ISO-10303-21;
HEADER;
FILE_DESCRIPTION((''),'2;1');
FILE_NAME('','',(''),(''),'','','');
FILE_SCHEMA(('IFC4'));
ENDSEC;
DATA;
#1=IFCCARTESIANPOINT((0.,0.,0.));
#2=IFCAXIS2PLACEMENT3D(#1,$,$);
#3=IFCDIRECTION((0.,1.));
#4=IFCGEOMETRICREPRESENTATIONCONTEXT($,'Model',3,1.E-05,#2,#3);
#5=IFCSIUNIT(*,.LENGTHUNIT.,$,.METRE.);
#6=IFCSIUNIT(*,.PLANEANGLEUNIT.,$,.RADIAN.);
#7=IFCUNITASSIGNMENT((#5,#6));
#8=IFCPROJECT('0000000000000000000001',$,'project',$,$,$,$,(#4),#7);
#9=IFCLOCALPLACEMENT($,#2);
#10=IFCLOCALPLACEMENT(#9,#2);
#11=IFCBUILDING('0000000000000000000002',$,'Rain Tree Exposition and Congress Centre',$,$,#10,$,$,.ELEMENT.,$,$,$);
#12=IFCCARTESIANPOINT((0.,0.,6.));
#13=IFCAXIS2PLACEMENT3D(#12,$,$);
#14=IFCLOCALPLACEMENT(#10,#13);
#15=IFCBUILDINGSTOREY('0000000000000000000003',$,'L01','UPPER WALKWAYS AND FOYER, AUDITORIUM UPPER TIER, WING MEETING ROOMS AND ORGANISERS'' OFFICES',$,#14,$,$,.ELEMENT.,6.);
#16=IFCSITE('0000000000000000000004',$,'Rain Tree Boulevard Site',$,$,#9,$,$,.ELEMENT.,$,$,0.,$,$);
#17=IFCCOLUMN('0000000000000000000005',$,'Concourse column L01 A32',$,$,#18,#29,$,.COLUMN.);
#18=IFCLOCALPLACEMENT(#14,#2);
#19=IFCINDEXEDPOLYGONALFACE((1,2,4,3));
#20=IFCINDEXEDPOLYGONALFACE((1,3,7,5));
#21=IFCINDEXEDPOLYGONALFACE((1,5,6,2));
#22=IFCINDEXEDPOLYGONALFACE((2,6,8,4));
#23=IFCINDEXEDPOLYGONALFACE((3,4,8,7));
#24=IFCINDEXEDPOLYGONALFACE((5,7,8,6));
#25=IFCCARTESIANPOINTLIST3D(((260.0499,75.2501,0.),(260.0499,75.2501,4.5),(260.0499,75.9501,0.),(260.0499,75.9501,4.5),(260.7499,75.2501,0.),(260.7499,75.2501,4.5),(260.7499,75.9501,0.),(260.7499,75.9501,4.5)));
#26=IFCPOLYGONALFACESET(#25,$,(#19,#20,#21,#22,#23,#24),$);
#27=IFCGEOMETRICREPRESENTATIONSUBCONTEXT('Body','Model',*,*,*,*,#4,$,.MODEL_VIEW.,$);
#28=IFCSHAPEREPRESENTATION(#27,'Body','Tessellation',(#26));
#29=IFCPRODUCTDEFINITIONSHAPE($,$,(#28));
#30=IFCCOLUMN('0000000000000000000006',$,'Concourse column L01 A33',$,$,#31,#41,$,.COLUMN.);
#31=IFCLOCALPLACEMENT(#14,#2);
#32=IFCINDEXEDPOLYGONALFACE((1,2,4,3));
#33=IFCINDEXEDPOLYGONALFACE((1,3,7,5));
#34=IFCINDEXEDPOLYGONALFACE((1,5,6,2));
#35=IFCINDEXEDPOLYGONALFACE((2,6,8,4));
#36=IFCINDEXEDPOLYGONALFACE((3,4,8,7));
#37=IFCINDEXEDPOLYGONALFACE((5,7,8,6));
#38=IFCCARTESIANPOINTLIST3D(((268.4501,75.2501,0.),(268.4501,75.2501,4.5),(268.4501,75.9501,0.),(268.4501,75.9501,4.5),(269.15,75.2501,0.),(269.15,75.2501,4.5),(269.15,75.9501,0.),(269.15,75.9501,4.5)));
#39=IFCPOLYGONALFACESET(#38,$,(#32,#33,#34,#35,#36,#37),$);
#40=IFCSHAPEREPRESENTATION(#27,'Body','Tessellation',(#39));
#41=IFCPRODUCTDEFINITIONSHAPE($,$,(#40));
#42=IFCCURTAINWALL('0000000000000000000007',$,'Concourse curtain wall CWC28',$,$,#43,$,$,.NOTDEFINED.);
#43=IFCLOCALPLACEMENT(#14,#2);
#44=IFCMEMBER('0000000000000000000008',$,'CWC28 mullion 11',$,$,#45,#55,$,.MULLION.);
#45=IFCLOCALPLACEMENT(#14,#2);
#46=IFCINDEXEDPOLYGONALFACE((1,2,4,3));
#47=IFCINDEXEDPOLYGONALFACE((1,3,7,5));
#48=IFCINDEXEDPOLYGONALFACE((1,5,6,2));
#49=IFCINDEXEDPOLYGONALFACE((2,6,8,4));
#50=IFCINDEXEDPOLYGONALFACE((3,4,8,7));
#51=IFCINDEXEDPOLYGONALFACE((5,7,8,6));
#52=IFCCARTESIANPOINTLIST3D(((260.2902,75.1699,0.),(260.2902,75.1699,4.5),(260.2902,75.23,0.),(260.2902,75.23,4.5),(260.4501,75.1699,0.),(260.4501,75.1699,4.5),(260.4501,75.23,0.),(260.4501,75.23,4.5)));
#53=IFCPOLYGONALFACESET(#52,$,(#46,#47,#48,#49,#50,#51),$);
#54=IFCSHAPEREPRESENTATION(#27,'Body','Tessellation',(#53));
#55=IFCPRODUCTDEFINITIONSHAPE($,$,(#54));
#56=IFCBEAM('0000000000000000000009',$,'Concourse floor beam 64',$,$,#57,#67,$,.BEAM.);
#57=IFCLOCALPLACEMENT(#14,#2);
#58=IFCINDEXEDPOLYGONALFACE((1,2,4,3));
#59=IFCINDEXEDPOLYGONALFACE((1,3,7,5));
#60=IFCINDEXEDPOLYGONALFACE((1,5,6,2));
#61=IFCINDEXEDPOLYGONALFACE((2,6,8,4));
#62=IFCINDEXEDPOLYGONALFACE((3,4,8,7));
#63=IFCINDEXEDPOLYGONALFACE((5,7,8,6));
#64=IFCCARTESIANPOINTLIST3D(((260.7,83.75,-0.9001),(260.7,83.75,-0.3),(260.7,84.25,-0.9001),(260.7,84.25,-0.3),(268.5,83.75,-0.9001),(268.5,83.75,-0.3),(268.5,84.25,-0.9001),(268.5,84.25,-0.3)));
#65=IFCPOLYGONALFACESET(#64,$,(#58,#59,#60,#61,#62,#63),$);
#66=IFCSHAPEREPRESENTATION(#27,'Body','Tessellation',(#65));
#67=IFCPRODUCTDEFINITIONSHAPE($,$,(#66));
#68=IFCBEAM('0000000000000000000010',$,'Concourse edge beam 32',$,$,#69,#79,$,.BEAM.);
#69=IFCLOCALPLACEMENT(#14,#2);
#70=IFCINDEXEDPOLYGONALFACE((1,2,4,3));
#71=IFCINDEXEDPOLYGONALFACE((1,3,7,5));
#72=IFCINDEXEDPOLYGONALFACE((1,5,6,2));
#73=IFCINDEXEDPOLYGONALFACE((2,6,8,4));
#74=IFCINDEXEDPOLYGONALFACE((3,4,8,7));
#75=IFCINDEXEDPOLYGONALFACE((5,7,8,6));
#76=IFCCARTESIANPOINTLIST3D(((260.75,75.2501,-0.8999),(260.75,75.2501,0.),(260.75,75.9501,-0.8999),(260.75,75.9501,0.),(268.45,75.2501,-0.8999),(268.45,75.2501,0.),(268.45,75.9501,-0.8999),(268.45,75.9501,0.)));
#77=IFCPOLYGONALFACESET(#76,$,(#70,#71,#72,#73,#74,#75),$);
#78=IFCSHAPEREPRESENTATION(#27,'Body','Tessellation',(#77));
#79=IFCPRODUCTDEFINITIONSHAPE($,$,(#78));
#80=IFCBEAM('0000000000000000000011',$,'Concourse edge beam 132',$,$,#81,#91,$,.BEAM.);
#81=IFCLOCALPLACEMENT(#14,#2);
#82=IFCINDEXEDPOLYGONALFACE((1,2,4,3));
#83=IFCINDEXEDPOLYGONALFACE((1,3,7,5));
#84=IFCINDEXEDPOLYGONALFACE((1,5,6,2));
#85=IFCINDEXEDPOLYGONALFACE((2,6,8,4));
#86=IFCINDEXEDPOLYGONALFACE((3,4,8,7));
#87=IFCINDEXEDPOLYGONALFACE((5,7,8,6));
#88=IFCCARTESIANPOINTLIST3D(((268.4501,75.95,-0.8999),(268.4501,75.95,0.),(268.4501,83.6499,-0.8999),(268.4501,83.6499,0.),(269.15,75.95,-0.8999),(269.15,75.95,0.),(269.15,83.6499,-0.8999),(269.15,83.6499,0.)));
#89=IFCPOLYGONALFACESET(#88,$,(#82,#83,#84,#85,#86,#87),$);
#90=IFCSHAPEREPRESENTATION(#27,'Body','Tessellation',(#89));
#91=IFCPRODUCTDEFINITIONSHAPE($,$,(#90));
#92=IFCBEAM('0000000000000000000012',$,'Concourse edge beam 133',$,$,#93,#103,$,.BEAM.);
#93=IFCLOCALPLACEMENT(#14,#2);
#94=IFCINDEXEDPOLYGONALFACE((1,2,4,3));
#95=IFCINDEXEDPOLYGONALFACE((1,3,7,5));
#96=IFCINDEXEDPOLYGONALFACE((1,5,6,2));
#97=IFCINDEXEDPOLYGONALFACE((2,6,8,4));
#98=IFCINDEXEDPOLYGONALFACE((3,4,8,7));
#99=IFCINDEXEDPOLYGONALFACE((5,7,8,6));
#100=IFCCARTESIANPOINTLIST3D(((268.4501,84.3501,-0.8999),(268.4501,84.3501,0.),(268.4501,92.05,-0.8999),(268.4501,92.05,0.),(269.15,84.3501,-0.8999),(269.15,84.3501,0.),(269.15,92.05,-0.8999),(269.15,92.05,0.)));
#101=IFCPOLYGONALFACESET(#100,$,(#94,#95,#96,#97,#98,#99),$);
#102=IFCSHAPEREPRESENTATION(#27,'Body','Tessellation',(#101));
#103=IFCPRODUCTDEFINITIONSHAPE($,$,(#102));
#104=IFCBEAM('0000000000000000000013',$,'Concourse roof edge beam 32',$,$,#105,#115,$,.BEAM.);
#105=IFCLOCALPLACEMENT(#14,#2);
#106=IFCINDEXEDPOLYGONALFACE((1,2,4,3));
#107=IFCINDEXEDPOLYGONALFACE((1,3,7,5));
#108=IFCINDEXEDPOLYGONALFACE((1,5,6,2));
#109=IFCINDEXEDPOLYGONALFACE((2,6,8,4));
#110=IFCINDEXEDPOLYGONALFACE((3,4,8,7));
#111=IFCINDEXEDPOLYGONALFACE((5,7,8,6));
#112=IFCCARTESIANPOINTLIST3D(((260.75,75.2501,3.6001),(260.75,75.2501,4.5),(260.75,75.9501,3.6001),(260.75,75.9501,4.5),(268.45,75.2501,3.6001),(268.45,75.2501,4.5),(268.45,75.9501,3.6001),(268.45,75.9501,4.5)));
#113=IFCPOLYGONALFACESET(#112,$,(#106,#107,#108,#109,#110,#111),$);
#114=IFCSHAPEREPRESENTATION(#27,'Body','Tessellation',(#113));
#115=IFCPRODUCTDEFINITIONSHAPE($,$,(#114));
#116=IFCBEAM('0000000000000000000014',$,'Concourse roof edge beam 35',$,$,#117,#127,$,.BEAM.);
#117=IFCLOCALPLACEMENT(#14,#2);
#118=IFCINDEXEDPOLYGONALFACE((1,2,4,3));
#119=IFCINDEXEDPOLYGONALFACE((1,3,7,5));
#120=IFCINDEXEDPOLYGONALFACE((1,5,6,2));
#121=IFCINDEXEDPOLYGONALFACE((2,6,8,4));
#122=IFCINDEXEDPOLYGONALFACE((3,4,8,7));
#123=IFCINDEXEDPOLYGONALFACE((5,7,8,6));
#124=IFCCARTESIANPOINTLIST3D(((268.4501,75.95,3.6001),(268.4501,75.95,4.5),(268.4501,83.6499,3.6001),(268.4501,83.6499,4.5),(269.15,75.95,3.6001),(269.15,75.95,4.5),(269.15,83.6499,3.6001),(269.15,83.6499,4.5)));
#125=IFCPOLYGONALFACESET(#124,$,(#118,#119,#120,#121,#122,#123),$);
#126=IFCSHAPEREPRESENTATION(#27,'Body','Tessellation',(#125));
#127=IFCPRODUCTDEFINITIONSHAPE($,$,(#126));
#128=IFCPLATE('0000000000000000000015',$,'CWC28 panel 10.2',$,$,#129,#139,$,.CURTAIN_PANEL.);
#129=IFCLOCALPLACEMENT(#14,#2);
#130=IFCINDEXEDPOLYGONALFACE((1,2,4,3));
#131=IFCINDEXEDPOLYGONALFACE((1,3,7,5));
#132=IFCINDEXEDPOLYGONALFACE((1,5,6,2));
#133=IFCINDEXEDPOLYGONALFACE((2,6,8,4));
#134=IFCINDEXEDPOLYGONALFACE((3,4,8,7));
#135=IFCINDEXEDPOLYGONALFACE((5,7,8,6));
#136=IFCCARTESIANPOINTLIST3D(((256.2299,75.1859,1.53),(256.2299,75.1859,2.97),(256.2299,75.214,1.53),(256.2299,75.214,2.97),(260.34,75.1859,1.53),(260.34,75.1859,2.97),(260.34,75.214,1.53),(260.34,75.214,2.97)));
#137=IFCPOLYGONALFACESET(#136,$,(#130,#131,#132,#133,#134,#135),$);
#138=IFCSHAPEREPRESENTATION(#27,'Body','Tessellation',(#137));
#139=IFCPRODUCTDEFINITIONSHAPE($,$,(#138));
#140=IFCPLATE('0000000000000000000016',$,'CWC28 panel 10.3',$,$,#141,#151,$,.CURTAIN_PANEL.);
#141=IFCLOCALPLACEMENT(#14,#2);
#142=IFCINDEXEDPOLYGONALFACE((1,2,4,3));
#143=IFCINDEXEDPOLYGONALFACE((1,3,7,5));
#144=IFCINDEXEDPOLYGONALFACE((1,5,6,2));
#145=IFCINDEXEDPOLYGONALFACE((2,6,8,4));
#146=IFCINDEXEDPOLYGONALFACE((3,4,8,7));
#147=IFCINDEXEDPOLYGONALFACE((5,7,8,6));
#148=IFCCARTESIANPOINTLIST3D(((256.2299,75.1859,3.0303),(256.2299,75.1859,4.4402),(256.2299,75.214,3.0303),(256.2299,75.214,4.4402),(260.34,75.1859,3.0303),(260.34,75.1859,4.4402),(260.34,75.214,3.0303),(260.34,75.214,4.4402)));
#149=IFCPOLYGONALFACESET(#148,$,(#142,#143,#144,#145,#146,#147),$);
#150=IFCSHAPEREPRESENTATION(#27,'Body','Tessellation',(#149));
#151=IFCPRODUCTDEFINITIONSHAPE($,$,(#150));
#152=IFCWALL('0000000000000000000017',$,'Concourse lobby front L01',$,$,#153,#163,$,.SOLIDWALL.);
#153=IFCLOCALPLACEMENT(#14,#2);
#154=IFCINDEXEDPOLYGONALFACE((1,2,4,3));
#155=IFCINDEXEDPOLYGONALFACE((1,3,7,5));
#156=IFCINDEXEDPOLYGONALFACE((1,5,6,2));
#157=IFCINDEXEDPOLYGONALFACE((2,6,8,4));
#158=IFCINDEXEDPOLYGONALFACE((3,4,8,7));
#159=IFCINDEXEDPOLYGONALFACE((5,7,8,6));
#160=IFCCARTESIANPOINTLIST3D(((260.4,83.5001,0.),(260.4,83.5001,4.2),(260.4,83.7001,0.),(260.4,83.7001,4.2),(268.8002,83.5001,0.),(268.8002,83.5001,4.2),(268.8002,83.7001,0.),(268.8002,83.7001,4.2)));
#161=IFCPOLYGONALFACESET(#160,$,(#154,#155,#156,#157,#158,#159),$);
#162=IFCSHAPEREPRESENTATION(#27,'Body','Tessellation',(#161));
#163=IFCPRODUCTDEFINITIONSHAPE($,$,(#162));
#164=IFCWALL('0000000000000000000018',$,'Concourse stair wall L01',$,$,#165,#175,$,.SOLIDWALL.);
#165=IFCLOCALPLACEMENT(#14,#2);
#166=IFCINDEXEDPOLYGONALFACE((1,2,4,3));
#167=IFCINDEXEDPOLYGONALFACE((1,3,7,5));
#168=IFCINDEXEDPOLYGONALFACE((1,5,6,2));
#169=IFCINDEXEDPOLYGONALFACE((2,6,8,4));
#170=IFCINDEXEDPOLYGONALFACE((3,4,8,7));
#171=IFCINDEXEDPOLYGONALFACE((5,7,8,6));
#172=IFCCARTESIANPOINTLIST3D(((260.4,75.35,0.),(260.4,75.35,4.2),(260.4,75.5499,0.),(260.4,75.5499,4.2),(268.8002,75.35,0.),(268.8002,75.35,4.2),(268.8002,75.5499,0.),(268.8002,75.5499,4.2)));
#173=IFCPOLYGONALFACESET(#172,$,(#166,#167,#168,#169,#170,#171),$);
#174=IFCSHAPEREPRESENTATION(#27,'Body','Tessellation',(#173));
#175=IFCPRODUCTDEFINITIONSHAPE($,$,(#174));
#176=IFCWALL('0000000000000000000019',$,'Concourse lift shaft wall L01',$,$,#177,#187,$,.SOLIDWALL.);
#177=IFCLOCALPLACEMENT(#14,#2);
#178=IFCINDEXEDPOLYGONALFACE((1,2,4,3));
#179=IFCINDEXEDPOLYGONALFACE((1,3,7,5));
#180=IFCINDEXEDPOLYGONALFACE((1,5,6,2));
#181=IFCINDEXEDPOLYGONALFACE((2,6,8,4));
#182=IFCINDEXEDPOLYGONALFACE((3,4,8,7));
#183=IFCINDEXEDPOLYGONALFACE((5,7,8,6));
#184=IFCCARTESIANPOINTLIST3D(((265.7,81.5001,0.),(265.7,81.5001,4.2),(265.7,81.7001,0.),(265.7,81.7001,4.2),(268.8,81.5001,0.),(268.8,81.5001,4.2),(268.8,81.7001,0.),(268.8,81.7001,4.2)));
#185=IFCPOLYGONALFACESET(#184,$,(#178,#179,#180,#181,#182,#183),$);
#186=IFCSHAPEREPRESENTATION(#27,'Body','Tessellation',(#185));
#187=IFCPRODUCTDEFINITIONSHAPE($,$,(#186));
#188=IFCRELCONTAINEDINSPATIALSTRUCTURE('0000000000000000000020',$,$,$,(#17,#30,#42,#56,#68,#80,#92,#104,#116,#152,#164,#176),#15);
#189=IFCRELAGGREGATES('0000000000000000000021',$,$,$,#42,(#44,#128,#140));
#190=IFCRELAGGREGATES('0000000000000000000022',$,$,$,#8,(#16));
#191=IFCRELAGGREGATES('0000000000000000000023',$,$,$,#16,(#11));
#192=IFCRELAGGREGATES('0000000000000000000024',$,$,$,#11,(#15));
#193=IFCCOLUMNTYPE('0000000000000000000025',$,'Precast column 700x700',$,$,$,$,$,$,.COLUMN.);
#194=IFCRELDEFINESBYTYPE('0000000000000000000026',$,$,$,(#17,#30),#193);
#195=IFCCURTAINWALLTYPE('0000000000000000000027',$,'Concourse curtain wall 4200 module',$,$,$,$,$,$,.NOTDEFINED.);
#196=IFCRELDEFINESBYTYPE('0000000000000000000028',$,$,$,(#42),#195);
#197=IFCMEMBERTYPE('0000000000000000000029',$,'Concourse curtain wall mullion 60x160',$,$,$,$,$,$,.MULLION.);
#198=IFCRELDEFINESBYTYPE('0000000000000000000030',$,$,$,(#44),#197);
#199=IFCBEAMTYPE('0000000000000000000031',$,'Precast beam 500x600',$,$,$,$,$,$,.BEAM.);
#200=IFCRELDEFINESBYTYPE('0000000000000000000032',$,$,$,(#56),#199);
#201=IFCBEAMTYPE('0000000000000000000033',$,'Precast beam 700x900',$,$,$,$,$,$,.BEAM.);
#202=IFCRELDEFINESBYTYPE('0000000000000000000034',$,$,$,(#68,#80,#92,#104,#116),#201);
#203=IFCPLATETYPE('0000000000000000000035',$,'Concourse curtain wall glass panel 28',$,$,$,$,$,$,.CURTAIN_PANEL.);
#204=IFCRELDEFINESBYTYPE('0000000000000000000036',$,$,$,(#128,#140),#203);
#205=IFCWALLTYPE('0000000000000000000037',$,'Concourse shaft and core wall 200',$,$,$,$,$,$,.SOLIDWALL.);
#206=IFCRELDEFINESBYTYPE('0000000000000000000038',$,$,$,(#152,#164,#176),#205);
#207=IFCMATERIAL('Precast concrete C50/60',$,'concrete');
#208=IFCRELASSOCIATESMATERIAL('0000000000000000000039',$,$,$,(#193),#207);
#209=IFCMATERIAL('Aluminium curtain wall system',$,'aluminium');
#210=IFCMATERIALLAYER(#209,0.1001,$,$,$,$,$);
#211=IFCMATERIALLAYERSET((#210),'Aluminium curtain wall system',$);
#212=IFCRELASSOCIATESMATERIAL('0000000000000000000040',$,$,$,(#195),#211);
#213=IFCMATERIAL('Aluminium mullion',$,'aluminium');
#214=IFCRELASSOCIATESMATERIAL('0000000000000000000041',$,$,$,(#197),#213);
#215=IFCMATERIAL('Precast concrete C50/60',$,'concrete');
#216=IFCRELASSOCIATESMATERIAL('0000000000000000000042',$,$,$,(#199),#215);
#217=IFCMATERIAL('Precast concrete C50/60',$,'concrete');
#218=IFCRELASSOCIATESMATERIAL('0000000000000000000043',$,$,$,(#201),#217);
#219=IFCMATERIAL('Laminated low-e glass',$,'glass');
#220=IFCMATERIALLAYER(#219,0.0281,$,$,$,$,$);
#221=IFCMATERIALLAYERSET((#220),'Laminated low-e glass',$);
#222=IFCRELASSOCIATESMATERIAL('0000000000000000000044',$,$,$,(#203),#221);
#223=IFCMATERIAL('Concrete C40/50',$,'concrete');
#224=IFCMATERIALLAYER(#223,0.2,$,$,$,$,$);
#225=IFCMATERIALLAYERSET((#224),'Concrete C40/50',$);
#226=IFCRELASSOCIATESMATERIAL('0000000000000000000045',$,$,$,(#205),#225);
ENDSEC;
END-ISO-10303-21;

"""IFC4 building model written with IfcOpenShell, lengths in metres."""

from ifc_helpers import new_model, si_unit, direction, frame, frame_2d, origin, origin_2d, place, context, subcontext, project, spatial, rectangle, extrude, material, layer, layer_set, material_profile, profile_set, type_object, element, aggregate, save


model = new_model("IFC4")

# Units and contexts
model_context = context("Model", 3, precision=1e-05, world=origin(), true_north=direction((0.0, 1.0)))
body_context = subcontext(model_context, "Body", "Model", "MODEL_VIEW")
ifc_project = project(units=[si_unit("LENGTHUNIT", "METRE"), si_unit("PLANEANGLEUNIT", "RADIAN")], contexts=[model_context])

# Site, building, storey
site_placement = place(None, origin())
site = spatial("IfcSite", under=ifc_project, at=site_placement, Name="Rain Tree Boulevard Site", CompositionType="ELEMENT", RefElevation=0.0)
building_placement = place(site_placement, origin())
building = spatial("IfcBuilding", under=site, at=building_placement, Name="Rain Tree Exposition and Congress Centre", CompositionType="ELEMENT")
storey_placement = place(building_placement, frame((0.0, 0.0, 6.0)))
storey = spatial("IfcBuildingStorey", under=building, at=storey_placement, Name="L01", Description="UPPER WALKWAYS AND FOYER, AUDITORIUM UPPER TIER, WING MEETING ROOMS AND ORGANISERS' OFFICES", CompositionType="ELEMENT", Elevation=6.0)

# Columns
ifc_material_1 = material(Name="Precast concrete C50/60", Category="concrete")
ifc_material_profile_1 = material_profile(ifc_material_1, rectangle(XDim=0.7, YDim=0.7, at=origin_2d()), Name="RC 700x700")
ifc_profile_set_1 = profile_set([ifc_material_profile_1], Name="Precast concrete C50/60")
column_type = type_object("IfcColumnType", Name="Precast column 700x700", PredefinedType="COLUMN", material=ifc_profile_set_1)
for number, where, z_axis, x_axis, name in (
    (1, (260.3999, 75.6001, 0.0), (0.0, 0.0, 1.0), (1.0, 0.0, 0.0), "Concourse column L01 A32"),
    (2, (268.8, 75.6001, 0.0), (0.0, 0.0, 1.0), (1.0, 0.0, 0.0), "Concourse column L01 A33"),
):
    element("IfcColumn", number, at=place(storey_placement, frame(where, z_axis=z_axis, x_axis=x_axis)), inside=storey, type_object=column_type, Name=name, PredefinedType="COLUMN", context=body_context, shape_type="SweptSolid", body=[
        extrude(rectangle(XDim=0.7, YDim=0.7, at=origin_2d()), origin(), (0.0, 0.0, 1.0), 4.5),
    ])

# Curtain wall, member
ifc_material_2 = material(Name="Aluminium curtain wall system", Category="aluminium")
ifc_layer_1 = layer(ifc_material_2, 0.1001)
ifc_layer_set_1 = layer_set([ifc_layer_1], Name="Aluminium curtain wall system")
curtain_wall_type = type_object("IfcCurtainWallType", Name="Concourse curtain wall 4200 module", PredefinedType="NOTDEFINED", material=ifc_layer_set_1)
curtain_wall_placement = place(storey_placement, origin())
curtain_wall = element("IfcCurtainWall", 3, at=curtain_wall_placement, inside=storey, type_object=curtain_wall_type, Name="Concourse curtain wall CWC28", PredefinedType="NOTDEFINED")
ifc_material_3 = material(Name="Aluminium mullion", Category="aluminium")
ifc_material_profile_2 = material_profile(ifc_material_3, rectangle(XDim=0.0601, YDim=0.1599, at=origin_2d()), Name="AL 60x160")
ifc_profile_set_2 = profile_set([ifc_material_profile_2], Name="Aluminium mullion")
member_type = type_object("IfcMemberType", Name="Concourse curtain wall mullion 60x160", PredefinedType="MULLION", material=ifc_profile_set_2)
member_placement = place(storey_placement, frame((260.3701, 75.2, 0.0), z_axis=(0.0, 0.0, 1.0), x_axis=(0.0, 1.0, 0.0)))
member = element("IfcMember", 4, at=member_placement, type_object=member_type, Name="CWC28 mullion 11", PredefinedType="MULLION", context=body_context, shape_type="SweptSolid", body=[
    extrude(rectangle(XDim=0.0601, YDim=0.1599, at=origin_2d()), origin(), (0.0, 0.0, 1.0), 4.5),
])

# Beams
ifc_material_4 = material(Name="Precast concrete C50/60", Category="concrete")
ifc_material_profile_3 = material_profile(ifc_material_4, rectangle(XDim=0.5, YDim=0.6001, at=origin_2d()), Name="RC 500x600")
ifc_profile_set_3 = profile_set([ifc_material_profile_3], Name="Precast concrete C50/60")
beam_type_1 = type_object("IfcBeamType", Name="Precast beam 500x600", PredefinedType="BEAM", material=ifc_profile_set_3)
beam_placement = place(storey_placement, frame((260.7, 84.0, -0.6001), z_axis=(1.0, 0.0, 0.0), x_axis=(0.0, 1.0, 0.0)))
element("IfcBeam", 5, at=beam_placement, inside=storey, type_object=beam_type_1, Name="Concourse floor beam 64", PredefinedType="BEAM", context=body_context, shape_type="SweptSolid", body=[
    extrude(rectangle(XDim=0.5, YDim=0.6001, at=origin_2d()), origin(), (0.0, 0.0, 1.0), 7.8),
])
ifc_material_5 = material(Name="Precast concrete C50/60", Category="concrete")
ifc_material_profile_4 = material_profile(ifc_material_5, rectangle(XDim=0.7, YDim=0.8999, at=origin_2d()), Name="RC 700x900")
ifc_profile_set_4 = profile_set([ifc_material_profile_4], Name="Precast concrete C50/60")
beam_type_2 = type_object("IfcBeamType", Name="Precast beam 700x900", PredefinedType="BEAM", material=ifc_profile_set_4)
for number, where, z_axis, x_axis, name in (
    (6, (260.75, 75.6001, -0.45), (1.0, 0.0, 0.0), (0.0, 1.0, 0.0), "Concourse edge beam 32"),
    (7, (268.8, 75.95, -0.45), (0.0, 1.0, 0.0), (-1.0, 0.0, 0.0), "Concourse edge beam 132"),
    (8, (268.8, 84.3501, -0.45), (0.0, 1.0, 0.0), (-1.0, 0.0, 0.0), "Concourse edge beam 133"),
    (9, (260.75, 75.6001, 4.05), (1.0, 0.0, 0.0), (0.0, 1.0, 0.0), "Concourse roof edge beam 32"),
    (10, (268.8, 75.95, 4.05), (0.0, 1.0, 0.0), (-1.0, 0.0, 0.0), "Concourse roof edge beam 35"),
):
    element("IfcBeam", number, at=place(storey_placement, frame(where, z_axis=z_axis, x_axis=x_axis)), inside=storey, type_object=beam_type_2, Name=name, PredefinedType="BEAM", context=body_context, shape_type="SweptSolid", body=[
        extrude(rectangle(XDim=0.7, YDim=0.8999, at=origin_2d()), origin(), (0.0, 0.0, 1.0), 7.7),
    ])

# Plates
ifc_material_6 = material(Name="Laminated low-e glass", Category="glass")
ifc_layer_2 = layer(ifc_material_6, 0.0281)
ifc_layer_set_2 = layer_set([ifc_layer_2], Name="Laminated low-e glass")
plate_type = type_object("IfcPlateType", Name="Concourse curtain wall glass panel 28", PredefinedType="CURTAIN_PANEL", material=ifc_layer_set_2)
plate_1_placement = place(storey_placement, frame((258.2849, 75.2, 1.53), z_axis=(0.0, 0.0, 1.0), x_axis=(1.0, 0.0, 0.0)))
plate_1 = element("IfcPlate", 11, at=plate_1_placement, type_object=plate_type, Name="CWC28 panel 10.2", PredefinedType="CURTAIN_PANEL", context=body_context, shape_type="SweptSolid", body=[
    extrude(rectangle(XDim=4.1101, YDim=0.0281, at=origin_2d()), origin(), (0.0, 0.0, 1.0), 1.4399),
])
plate_2_placement = place(storey_placement, frame((258.2849, 75.2, 3.0303), z_axis=(0.0, 0.0, 1.0), x_axis=(1.0, 0.0, 0.0)))
plate_2 = element("IfcPlate", 12, at=plate_2_placement, type_object=plate_type, Name="CWC28 panel 10.3", PredefinedType="CURTAIN_PANEL", context=body_context, shape_type="SweptSolid", body=[
    extrude(rectangle(XDim=4.1101, YDim=0.0281, at=origin_2d()), origin(), (0.0, 0.0, 1.0), 1.4099),
])
aggregate(curtain_wall, [member, plate_1, plate_2])

# Shared definitions
ifc_material_7 = material(Name="Concrete C40/50", Category="concrete")
ifc_layer_3 = layer(ifc_material_7, 0.2)
ifc_layer_set_3 = layer_set([ifc_layer_3], Name="Concrete C40/50")
wall_type = type_object("IfcWallType", Name="Concourse shaft and core wall 200", PredefinedType="SOLIDWALL", material=ifc_layer_set_3)

# Walls
for number, where, z_axis, x_axis, name in (
    (13, (260.3999, 83.6001, 0.0), (0.0, 0.0, 1.0), (1.0, 0.0, 0.0), "Concourse lobby front L01"),
    (14, (260.3999, 75.45, 0.0), (0.0, 0.0, 1.0), (1.0, 0.0, 0.0), "Concourse stair wall L01"),
):
    element("IfcWall", number, at=place(storey_placement, frame(where, z_axis=z_axis, x_axis=x_axis)), inside=storey, type_object=wall_type, Name=name, PredefinedType="SOLIDWALL", context=body_context, shape_type="SweptSolid", body=[
        extrude(rectangle(XDim=8.4001, YDim=0.2, at=frame_2d((4.2002, 0.0))), origin(), (0.0, 0.0, 1.0), 4.2),
    ])

# Wall
wall_1_placement = place(storey_placement, frame((265.7, 81.6001, 0.0), z_axis=(0.0, 0.0, 1.0), x_axis=(1.0, 0.0, 0.0)))
element("IfcWall", 15, at=wall_1_placement, inside=storey, type_object=wall_type, Name="Concourse lift shaft wall L01", PredefinedType="SOLIDWALL", context=body_context, shape_type="SweptSolid", body=[
    extrude(rectangle(XDim=3.1001, YDim=0.2, at=frame_2d((1.55, 0.0))), origin(), (0.0, 0.0, 1.0), 4.2),
])

save(model, "model.ifc")
